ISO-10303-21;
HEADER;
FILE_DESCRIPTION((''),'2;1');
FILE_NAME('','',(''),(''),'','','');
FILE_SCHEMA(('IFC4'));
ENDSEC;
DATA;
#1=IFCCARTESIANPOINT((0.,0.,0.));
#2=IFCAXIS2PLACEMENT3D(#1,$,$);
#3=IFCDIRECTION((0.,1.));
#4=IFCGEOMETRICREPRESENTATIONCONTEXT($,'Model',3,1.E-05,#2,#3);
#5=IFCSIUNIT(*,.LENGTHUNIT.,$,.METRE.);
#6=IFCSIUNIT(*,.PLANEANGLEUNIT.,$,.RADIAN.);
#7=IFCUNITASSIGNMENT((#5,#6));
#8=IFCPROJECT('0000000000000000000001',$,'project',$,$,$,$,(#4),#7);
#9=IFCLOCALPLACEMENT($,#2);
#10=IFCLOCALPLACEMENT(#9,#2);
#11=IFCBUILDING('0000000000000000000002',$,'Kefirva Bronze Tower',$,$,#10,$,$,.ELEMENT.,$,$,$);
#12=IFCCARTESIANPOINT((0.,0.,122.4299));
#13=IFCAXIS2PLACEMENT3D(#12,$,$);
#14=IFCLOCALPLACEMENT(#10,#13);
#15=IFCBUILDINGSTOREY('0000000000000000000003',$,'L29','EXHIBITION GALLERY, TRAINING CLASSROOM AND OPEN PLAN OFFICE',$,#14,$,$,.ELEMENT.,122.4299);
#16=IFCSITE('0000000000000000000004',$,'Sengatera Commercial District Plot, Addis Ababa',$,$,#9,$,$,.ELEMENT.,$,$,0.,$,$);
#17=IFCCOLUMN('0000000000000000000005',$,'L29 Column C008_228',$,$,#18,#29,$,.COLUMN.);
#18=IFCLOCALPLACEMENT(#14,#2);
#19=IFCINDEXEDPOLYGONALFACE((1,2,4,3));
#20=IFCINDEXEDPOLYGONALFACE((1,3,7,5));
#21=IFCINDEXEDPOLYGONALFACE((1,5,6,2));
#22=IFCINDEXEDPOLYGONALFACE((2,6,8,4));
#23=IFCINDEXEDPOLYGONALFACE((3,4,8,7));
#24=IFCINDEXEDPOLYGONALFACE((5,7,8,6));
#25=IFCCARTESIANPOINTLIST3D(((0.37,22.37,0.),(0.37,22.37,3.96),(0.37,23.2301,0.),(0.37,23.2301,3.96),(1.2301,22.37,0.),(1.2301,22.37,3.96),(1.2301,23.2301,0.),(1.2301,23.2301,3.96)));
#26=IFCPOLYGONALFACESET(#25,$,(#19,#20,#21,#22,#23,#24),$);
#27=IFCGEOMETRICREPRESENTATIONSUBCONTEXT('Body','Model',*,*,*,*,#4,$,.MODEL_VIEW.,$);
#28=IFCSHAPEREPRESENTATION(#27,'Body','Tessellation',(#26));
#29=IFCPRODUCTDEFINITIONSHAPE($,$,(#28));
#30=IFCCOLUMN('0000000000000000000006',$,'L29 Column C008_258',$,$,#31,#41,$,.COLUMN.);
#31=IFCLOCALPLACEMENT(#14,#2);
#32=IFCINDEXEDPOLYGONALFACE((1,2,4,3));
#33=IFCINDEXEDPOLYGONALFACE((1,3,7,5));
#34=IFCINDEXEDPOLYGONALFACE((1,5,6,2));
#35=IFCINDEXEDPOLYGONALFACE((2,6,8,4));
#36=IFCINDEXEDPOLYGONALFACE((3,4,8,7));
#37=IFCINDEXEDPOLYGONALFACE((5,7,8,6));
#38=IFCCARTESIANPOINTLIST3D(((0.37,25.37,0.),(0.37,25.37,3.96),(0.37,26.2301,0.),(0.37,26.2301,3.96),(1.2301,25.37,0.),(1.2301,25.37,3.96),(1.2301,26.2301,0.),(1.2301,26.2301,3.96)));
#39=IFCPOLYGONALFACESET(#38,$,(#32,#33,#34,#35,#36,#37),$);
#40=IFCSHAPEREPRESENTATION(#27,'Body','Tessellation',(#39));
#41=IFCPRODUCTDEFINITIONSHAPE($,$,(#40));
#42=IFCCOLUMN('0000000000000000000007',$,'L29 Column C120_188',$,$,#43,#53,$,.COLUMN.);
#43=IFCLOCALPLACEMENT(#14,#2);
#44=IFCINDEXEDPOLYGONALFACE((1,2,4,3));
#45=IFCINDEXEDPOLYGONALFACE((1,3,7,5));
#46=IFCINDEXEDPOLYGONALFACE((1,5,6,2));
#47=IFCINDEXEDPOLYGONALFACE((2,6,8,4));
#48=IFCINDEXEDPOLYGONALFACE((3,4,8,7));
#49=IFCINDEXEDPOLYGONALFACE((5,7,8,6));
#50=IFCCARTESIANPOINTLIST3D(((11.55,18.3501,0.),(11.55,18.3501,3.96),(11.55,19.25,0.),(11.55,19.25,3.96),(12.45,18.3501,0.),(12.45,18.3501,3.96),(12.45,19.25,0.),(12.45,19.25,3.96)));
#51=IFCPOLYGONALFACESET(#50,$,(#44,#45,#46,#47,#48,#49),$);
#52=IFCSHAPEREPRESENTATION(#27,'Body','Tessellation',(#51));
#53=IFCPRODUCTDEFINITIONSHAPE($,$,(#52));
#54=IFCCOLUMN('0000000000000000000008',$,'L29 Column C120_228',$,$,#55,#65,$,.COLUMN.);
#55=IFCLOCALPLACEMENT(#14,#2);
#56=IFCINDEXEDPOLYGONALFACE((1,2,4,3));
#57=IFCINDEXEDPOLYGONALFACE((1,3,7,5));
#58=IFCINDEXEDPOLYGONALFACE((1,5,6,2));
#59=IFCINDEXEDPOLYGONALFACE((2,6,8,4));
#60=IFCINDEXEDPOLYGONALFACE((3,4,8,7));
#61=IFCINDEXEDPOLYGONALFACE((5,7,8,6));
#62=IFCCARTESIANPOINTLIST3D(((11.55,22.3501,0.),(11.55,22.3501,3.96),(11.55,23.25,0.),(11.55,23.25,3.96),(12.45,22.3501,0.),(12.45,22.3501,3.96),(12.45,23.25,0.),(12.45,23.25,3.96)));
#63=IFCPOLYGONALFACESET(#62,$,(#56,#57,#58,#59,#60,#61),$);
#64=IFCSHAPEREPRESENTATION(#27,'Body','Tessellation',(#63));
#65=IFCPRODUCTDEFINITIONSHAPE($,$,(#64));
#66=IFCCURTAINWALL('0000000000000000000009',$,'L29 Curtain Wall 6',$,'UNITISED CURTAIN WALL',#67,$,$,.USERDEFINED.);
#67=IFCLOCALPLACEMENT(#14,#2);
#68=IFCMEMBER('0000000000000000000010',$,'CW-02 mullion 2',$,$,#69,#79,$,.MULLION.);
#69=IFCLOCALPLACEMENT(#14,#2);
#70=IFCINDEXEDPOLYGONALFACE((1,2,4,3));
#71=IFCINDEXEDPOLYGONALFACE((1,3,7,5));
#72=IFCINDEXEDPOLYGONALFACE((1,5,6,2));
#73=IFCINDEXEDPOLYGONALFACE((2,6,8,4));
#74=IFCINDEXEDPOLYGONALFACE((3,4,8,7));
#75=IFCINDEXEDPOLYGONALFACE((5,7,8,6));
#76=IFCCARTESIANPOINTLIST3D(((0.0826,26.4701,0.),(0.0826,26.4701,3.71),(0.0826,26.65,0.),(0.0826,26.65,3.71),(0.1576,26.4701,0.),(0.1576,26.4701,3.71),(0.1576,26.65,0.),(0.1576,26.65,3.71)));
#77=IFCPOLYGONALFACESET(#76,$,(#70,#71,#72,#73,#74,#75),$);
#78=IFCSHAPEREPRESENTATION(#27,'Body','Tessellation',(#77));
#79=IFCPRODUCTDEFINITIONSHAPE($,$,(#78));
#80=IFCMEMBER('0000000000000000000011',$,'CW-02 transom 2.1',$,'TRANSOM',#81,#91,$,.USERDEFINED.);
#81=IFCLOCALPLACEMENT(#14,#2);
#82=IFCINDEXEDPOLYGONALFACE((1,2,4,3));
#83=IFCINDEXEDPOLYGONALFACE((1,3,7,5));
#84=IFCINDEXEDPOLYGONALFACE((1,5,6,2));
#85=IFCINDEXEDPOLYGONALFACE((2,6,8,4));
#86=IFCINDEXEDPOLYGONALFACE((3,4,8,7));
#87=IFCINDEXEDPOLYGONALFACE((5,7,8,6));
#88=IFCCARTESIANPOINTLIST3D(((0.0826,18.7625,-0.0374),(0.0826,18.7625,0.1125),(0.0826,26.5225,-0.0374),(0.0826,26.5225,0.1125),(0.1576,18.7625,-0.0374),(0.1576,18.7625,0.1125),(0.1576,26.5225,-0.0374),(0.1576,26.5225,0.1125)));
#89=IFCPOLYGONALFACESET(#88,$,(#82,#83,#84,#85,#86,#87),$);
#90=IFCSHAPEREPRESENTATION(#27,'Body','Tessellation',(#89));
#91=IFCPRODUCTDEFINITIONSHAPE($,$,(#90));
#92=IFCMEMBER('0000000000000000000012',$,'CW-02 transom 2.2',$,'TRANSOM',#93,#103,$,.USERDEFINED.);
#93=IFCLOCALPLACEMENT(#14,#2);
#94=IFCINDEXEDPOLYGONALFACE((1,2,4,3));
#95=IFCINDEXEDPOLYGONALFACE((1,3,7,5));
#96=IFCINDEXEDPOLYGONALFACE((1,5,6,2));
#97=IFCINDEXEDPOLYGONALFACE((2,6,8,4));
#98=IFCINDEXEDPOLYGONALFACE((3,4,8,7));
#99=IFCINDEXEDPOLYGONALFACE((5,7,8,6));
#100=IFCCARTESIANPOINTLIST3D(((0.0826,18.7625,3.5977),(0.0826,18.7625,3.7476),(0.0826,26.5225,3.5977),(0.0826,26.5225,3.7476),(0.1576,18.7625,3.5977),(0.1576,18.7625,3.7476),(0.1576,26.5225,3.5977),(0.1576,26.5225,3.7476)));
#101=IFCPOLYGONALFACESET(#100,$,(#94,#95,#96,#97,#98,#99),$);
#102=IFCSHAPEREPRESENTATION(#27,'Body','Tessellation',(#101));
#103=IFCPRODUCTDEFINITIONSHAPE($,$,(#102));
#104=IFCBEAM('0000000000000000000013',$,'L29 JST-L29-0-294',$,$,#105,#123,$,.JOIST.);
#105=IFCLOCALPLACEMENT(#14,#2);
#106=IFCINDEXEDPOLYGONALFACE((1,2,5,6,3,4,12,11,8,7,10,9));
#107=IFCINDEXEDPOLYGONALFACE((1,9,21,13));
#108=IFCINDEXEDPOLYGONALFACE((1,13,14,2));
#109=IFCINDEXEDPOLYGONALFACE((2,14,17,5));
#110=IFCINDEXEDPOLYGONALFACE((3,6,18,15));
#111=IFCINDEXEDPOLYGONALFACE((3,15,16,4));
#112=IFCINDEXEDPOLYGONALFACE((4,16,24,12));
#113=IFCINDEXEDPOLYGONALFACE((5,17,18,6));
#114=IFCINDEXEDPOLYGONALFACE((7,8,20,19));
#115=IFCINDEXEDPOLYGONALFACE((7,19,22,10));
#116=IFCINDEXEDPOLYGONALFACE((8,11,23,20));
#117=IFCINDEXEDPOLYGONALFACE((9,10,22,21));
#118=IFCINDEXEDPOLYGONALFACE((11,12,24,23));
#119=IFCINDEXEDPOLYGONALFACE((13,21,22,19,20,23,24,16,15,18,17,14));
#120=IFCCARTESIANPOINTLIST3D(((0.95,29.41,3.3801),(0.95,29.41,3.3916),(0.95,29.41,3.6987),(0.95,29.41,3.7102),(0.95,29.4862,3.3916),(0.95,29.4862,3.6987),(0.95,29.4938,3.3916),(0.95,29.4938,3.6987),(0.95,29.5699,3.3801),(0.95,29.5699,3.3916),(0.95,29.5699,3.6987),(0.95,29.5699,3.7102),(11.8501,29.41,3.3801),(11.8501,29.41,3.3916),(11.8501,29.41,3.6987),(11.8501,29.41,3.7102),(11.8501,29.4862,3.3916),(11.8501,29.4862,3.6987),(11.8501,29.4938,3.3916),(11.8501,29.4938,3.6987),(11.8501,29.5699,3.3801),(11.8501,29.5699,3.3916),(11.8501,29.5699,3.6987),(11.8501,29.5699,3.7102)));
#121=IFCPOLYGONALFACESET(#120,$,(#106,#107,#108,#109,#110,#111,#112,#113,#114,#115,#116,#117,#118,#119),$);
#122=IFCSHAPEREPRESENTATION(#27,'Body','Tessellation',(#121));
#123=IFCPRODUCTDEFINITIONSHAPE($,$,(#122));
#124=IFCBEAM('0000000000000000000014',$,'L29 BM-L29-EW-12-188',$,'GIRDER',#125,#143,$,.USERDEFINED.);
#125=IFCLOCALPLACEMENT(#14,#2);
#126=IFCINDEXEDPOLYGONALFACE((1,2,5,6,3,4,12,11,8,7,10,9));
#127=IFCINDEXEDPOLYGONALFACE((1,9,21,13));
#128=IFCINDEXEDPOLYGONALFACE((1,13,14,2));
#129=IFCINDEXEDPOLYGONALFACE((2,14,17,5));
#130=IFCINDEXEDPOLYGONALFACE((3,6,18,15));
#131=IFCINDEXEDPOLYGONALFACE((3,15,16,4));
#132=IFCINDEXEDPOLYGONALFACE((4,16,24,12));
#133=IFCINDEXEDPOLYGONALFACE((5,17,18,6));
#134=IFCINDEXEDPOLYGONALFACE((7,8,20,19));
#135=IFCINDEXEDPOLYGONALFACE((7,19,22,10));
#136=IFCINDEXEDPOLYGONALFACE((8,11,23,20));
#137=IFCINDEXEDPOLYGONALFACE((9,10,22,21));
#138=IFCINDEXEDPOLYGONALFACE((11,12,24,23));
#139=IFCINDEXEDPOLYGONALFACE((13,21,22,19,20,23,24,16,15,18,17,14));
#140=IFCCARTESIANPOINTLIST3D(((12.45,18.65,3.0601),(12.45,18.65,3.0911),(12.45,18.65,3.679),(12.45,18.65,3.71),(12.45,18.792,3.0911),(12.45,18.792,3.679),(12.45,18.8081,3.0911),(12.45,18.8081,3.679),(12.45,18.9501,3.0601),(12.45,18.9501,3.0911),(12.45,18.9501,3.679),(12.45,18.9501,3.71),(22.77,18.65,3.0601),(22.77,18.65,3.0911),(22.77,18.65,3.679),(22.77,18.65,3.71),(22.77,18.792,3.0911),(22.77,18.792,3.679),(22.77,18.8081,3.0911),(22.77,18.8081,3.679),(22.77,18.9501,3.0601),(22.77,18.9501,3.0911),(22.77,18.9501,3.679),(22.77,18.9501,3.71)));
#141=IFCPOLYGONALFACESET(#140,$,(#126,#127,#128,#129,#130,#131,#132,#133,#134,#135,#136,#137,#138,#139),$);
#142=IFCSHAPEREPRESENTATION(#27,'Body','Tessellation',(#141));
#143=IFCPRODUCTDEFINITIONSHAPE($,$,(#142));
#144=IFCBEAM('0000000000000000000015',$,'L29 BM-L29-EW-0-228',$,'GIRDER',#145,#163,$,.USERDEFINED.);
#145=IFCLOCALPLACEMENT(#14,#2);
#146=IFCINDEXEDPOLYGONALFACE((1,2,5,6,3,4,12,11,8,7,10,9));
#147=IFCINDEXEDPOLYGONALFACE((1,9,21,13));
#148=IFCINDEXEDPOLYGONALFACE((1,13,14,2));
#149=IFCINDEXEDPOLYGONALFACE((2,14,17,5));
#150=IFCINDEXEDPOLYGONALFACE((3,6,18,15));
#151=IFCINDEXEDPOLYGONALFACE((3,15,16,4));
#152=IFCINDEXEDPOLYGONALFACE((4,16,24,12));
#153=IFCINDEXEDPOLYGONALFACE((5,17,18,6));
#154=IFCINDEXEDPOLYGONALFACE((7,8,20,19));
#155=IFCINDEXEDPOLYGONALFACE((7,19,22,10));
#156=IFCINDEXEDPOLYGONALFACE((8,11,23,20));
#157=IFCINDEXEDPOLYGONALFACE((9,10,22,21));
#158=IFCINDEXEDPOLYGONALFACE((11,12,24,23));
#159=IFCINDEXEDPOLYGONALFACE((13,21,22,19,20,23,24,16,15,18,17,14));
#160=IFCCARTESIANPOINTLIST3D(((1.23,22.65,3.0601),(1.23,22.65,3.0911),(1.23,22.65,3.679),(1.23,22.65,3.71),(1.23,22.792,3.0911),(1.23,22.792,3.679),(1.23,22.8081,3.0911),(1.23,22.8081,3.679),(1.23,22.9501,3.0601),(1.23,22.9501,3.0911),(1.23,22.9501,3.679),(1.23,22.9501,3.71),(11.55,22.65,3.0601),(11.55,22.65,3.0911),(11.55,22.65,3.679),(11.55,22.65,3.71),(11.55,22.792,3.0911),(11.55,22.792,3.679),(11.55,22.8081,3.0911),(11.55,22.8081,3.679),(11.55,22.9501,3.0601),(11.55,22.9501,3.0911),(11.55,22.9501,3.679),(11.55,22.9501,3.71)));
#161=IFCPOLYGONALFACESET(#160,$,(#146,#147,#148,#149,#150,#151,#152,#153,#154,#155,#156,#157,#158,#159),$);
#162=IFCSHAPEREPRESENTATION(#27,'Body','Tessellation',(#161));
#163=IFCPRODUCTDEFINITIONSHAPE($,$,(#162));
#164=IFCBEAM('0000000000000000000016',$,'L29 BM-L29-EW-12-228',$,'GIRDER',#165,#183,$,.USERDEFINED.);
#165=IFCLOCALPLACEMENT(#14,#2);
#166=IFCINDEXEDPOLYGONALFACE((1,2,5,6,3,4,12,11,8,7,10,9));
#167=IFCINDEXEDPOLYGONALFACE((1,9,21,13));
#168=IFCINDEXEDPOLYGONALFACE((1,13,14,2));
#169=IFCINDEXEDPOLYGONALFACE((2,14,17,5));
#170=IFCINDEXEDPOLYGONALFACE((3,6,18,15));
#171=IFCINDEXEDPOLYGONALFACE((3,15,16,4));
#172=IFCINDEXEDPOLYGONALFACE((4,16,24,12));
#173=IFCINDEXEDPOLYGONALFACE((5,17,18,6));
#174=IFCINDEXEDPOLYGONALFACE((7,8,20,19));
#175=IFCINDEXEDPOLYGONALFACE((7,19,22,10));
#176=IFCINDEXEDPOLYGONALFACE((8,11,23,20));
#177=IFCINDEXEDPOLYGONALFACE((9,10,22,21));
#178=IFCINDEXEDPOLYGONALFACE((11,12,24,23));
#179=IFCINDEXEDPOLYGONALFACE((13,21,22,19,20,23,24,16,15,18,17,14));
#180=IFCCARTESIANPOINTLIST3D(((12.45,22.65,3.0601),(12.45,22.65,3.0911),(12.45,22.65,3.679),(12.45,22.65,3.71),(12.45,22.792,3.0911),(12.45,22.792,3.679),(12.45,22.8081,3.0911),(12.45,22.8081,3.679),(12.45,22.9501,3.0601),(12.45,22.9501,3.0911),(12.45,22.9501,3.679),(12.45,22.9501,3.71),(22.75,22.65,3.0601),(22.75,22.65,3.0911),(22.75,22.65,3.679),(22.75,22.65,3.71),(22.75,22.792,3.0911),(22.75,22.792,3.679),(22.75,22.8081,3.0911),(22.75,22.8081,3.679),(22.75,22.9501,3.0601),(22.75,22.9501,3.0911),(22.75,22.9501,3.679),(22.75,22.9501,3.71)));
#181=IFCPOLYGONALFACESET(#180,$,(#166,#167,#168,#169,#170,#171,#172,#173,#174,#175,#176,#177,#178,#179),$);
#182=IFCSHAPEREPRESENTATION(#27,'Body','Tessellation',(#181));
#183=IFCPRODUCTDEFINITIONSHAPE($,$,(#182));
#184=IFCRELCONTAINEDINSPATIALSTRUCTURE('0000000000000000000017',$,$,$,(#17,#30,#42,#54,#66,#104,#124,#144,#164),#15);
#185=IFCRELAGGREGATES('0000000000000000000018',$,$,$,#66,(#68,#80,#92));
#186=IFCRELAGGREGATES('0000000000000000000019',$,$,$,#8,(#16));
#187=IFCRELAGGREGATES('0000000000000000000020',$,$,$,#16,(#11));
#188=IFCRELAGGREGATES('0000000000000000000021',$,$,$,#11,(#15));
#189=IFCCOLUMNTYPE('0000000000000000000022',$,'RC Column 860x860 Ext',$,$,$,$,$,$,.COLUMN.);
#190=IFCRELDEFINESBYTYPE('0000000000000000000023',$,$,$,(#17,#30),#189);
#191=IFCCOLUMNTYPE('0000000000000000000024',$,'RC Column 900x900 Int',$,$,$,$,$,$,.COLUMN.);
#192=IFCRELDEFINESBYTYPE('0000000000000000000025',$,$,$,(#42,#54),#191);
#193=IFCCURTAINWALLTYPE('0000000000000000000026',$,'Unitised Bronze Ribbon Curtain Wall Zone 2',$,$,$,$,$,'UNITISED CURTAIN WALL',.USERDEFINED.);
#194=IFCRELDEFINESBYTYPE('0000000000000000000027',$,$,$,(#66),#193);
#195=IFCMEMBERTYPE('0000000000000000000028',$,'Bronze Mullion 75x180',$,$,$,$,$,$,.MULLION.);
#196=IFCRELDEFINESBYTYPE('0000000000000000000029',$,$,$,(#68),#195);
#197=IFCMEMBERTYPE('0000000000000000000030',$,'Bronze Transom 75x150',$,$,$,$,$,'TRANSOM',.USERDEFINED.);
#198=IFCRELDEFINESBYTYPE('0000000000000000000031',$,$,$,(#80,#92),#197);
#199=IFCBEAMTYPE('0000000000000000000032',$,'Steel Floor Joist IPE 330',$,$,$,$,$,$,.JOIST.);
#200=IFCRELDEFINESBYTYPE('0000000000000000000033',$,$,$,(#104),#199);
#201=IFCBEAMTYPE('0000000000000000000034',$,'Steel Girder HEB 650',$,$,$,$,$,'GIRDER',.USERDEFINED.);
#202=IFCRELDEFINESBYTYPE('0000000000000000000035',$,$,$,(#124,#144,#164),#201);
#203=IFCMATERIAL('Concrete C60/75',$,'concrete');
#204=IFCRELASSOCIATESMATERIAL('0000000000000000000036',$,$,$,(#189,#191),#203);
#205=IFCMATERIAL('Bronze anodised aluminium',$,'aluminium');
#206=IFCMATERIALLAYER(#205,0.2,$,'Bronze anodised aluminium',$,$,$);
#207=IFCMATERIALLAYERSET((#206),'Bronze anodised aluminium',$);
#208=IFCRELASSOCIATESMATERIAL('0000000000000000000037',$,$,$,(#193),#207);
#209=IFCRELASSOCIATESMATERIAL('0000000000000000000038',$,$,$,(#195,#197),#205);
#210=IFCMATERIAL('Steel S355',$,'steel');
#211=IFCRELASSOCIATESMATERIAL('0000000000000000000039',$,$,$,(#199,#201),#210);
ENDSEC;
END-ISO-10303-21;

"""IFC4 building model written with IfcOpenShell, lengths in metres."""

from ifc_helpers import new_model, si_unit, direction, frame, origin, origin_2d, place, context, subcontext, project, spatial, rectangle, i_section, extrude, material, layer, layer_set, material_profile, profile_set, type_object, element, aggregate, save


model = new_model("IFC4")

# Units and contexts
model_context = context("Model", 3, precision=1e-05, world=origin(), true_north=direction((0.0, 1.0)))
body_context = subcontext(model_context, "Body", "Model", "MODEL_VIEW")
ifc_project = project(units=[si_unit("LENGTHUNIT", "METRE"), si_unit("PLANEANGLEUNIT", "RADIAN")], contexts=[model_context])

# Site, building, storey
site_placement = place(None, origin())
site = spatial("IfcSite", under=ifc_project, at=site_placement, Name="Sengatera Commercial District Plot, Addis Ababa", CompositionType="ELEMENT", RefElevation=0.0)
building_placement = place(site_placement, origin())
building = spatial("IfcBuilding", under=site, at=building_placement, Name="Kefirva Bronze Tower", CompositionType="ELEMENT")
storey_placement = place(building_placement, frame((0.0, 0.0, 122.4299)))
storey = spatial("IfcBuildingStorey", under=building, at=storey_placement, Name="L29", Description="EXHIBITION GALLERY, TRAINING CLASSROOM AND OPEN PLAN OFFICE", CompositionType="ELEMENT", Elevation=122.4299)

# Columns
ifc_material_1 = material(Name="Concrete C60/75", Category="concrete")
ifc_material_profile_1 = material_profile(ifc_material_1, rectangle(XDim=0.8601, YDim=0.8601, at=origin_2d()), Name="RC 860x860")
ifc_profile_set_1 = profile_set([ifc_material_profile_1], Name="Concrete C60/75")
column_type_1 = type_object("IfcColumnType", Name="RC Column 860x860 Ext", PredefinedType="COLUMN", material=ifc_profile_set_1)
for number, where, z_axis, x_axis, name in (
    (1, (0.8, 22.8, 0.0), (0.0, 0.0, 1.0), (1.0, 0.0, 0.0), "L29 Column C008_228"),
    (2, (0.8, 25.8, 0.0), (0.0, 0.0, 1.0), (1.0, 0.0, 0.0), "L29 Column C008_258"),
):
    element("IfcColumn", number, at=place(storey_placement, frame(where, z_axis=z_axis, x_axis=x_axis)), inside=storey, type_object=column_type_1, Name=name, PredefinedType="COLUMN", context=body_context, shape_type="SweptSolid", body=[
        extrude(rectangle(XDim=0.8601, YDim=0.8601, at=origin_2d()), origin(), (0.0, 0.0, 1.0), 3.96),
    ])
ifc_material_profile_2 = material_profile(ifc_material_1, rectangle(XDim=0.8999, YDim=0.8999, at=origin_2d()), Name="RC 900x900")
ifc_profile_set_2 = profile_set([ifc_material_profile_2], Name="Concrete C60/75")
column_type_2 = type_object("IfcColumnType", Name="RC Column 900x900 Int", PredefinedType="COLUMN", material=ifc_profile_set_2)
for number, where, z_axis, x_axis, name in (
    (3, (12.0, 18.8, 0.0), (0.0, 0.0, 1.0), (1.0, 0.0, 0.0), "L29 Column C120_188"),
    (4, (12.0, 22.8, 0.0), (0.0, 0.0, 1.0), (1.0, 0.0, 0.0), "L29 Column C120_228"),
):
    element("IfcColumn", number, at=place(storey_placement, frame(where, z_axis=z_axis, x_axis=x_axis)), inside=storey, type_object=column_type_2, Name=name, PredefinedType="COLUMN", context=body_context, shape_type="SweptSolid", body=[
        extrude(rectangle(XDim=0.8999, YDim=0.8999, at=origin_2d()), origin(), (0.0, 0.0, 1.0), 3.96),
    ])

# Curtain wall, members
ifc_material_2 = material(Name="Bronze anodised aluminium", Category="aluminium")
ifc_layer_1 = layer(ifc_material_2, 0.2, Name="Bronze anodised aluminium")
ifc_layer_set_1 = layer_set([ifc_layer_1], Name="Bronze anodised aluminium")
curtain_wall_type = type_object("IfcCurtainWallType", Name="Unitised Bronze Ribbon Curtain Wall Zone 2", ElementType="UNITISED CURTAIN WALL", PredefinedType="USERDEFINED", material=ifc_layer_set_1)
curtain_wall_placement = place(storey_placement, origin())
curtain_wall = element("IfcCurtainWall", 5, at=curtain_wall_placement, inside=storey, type_object=curtain_wall_type, Name="L29 Curtain Wall 6", ObjectType="UNITISED CURTAIN WALL", PredefinedType="USERDEFINED")
ifc_material_profile_3 = material_profile(ifc_material_2, rectangle(XDim=0.075, YDim=0.1799, at=origin_2d()), Name="ALU 75x180")
ifc_profile_set_3 = profile_set([ifc_material_profile_3], Name="Bronze anodised aluminium")
member_type_1 = type_object("IfcMemberType", Name="Bronze Mullion 75x180", PredefinedType="MULLION", material=ifc_profile_set_3)
member_1_placement = place(storey_placement, frame((0.1201, 26.5601, 0.0), z_axis=(0.0, 0.0, 1.0), x_axis=(1.0, 0.0, 0.0)))
member_1 = element("IfcMember", 6, at=member_1_placement, type_object=member_type_1, Name="CW-02 mullion 2", PredefinedType="MULLION", context=body_context, shape_type="SweptSolid", body=[
    extrude(rectangle(XDim=0.075, YDim=0.1799, at=origin_2d()), origin(), (0.0, 0.0, 1.0), 3.71),
])
ifc_material_profile_4 = material_profile(ifc_material_2, rectangle(XDim=0.075, YDim=0.1499, at=origin_2d()), Name="ALU 75x150")
ifc_profile_set_4 = profile_set([ifc_material_profile_4], Name="Bronze anodised aluminium")
member_type_2 = type_object("IfcMemberType", Name="Bronze Transom 75x150", ElementType="TRANSOM", PredefinedType="USERDEFINED", material=ifc_profile_set_4)
member_2_placement = place(storey_placement, frame((0.1201, 26.5225, 0.0376), z_axis=(0.0, -1.0, 0.0), x_axis=(1.0, 0.0, 0.0)))
member_2 = element("IfcMember", 7, at=member_2_placement, type_object=member_type_2, Name="CW-02 transom 2.1", ObjectType="TRANSOM", PredefinedType="USERDEFINED", context=body_context, shape_type="SweptSolid", body=[
    extrude(rectangle(XDim=0.075, YDim=0.1499, at=origin_2d()), origin(), (0.0, 0.0, 1.0), 7.76),
])
member_3_placement = place(storey_placement, frame((0.1201, 26.5225, 3.6726), z_axis=(0.0, -1.0, 0.0), x_axis=(1.0, 0.0, 0.0)))
member_3 = element("IfcMember", 8, at=member_3_placement, type_object=member_type_2, Name="CW-02 transom 2.2", ObjectType="TRANSOM", PredefinedType="USERDEFINED", context=body_context, shape_type="SweptSolid", body=[
    extrude(rectangle(XDim=0.075, YDim=0.1499, at=origin_2d()), origin(), (0.0, 0.0, 1.0), 7.76),
])

# Beams
ifc_material_3 = material(Name="Steel S355", Category="steel")
ifc_material_profile_5 = material_profile(ifc_material_3, i_section(OverallWidth=0.1599, OverallDepth=0.3301, WebThickness=0.0076, FlangeThickness=0.0115, at=origin_2d()), Name="IPE 330")
ifc_profile_set_5 = profile_set([ifc_material_profile_5], Name="Steel S355")
beam_type_1 = type_object("IfcBeamType", Name="Steel Floor Joist IPE 330", PredefinedType="JOIST", material=ifc_profile_set_5)
beam_1_placement = place(storey_placement, frame((0.95, 29.49, 3.5452), z_axis=(1.0, 0.0, 0.0), x_axis=(0.0, 1.0, 0.0)))
element("IfcBeam", 9, at=beam_1_placement, inside=storey, type_object=beam_type_1, Name="L29 JST-L29-0-294", PredefinedType="JOIST", context=body_context, shape_type="SweptSolid", body=[
    extrude(i_section(OverallWidth=0.1599, OverallDepth=0.3301, WebThickness=0.0076, FlangeThickness=0.0115, at=origin_2d()), origin(), (0.0, 0.0, 1.0), 10.9001),
])
ifc_material_profile_6 = material_profile(ifc_material_3, i_section(OverallWidth=0.3, OverallDepth=0.6499, WebThickness=0.0161, FlangeThickness=0.031, at=origin_2d()), Name="HEB 650")
ifc_profile_set_6 = profile_set([ifc_material_profile_6], Name="Steel S355")
beam_type_2 = type_object("IfcBeamType", Name="Steel Girder HEB 650", ElementType="GIRDER", PredefinedType="USERDEFINED", material=ifc_profile_set_6)
for number, where, z_axis, x_axis, name in (
    (10, (12.45, 18.8, 3.385), (1.0, 0.0, 0.0), (0.0, 1.0, 0.0), "L29 BM-L29-EW-12-188"),
    (11, (1.23, 22.8, 3.385), (1.0, 0.0, 0.0), (0.0, 1.0, 0.0), "L29 BM-L29-EW-0-228"),
):
    element("IfcBeam", number, at=place(storey_placement, frame(where, z_axis=z_axis, x_axis=x_axis)), inside=storey, type_object=beam_type_2, Name=name, ObjectType="GIRDER", PredefinedType="USERDEFINED", context=body_context, shape_type="SweptSolid", body=[
        extrude(i_section(OverallWidth=0.3, OverallDepth=0.6499, WebThickness=0.0161, FlangeThickness=0.031, at=origin_2d()), origin(), (0.0, 0.0, 1.0), 10.3201),
    ])
beam_2_placement = place(storey_placement, frame((12.45, 22.8, 3.385), z_axis=(1.0, 0.0, 0.0), x_axis=(0.0, 1.0, 0.0)))
element("IfcBeam", 12, at=beam_2_placement, inside=storey, type_object=beam_type_2, Name="L29 BM-L29-EW-12-228", ObjectType="GIRDER", PredefinedType="USERDEFINED", context=body_context, shape_type="SweptSolid", body=[
    extrude(i_section(OverallWidth=0.3, OverallDepth=0.6499, WebThickness=0.0161, FlangeThickness=0.031, at=origin_2d()), origin(), (0.0, 0.0, 1.0), 10.3),
])

aggregate(curtain_wall, [member_1, member_2, member_3])

save(model, "model.ifc")
